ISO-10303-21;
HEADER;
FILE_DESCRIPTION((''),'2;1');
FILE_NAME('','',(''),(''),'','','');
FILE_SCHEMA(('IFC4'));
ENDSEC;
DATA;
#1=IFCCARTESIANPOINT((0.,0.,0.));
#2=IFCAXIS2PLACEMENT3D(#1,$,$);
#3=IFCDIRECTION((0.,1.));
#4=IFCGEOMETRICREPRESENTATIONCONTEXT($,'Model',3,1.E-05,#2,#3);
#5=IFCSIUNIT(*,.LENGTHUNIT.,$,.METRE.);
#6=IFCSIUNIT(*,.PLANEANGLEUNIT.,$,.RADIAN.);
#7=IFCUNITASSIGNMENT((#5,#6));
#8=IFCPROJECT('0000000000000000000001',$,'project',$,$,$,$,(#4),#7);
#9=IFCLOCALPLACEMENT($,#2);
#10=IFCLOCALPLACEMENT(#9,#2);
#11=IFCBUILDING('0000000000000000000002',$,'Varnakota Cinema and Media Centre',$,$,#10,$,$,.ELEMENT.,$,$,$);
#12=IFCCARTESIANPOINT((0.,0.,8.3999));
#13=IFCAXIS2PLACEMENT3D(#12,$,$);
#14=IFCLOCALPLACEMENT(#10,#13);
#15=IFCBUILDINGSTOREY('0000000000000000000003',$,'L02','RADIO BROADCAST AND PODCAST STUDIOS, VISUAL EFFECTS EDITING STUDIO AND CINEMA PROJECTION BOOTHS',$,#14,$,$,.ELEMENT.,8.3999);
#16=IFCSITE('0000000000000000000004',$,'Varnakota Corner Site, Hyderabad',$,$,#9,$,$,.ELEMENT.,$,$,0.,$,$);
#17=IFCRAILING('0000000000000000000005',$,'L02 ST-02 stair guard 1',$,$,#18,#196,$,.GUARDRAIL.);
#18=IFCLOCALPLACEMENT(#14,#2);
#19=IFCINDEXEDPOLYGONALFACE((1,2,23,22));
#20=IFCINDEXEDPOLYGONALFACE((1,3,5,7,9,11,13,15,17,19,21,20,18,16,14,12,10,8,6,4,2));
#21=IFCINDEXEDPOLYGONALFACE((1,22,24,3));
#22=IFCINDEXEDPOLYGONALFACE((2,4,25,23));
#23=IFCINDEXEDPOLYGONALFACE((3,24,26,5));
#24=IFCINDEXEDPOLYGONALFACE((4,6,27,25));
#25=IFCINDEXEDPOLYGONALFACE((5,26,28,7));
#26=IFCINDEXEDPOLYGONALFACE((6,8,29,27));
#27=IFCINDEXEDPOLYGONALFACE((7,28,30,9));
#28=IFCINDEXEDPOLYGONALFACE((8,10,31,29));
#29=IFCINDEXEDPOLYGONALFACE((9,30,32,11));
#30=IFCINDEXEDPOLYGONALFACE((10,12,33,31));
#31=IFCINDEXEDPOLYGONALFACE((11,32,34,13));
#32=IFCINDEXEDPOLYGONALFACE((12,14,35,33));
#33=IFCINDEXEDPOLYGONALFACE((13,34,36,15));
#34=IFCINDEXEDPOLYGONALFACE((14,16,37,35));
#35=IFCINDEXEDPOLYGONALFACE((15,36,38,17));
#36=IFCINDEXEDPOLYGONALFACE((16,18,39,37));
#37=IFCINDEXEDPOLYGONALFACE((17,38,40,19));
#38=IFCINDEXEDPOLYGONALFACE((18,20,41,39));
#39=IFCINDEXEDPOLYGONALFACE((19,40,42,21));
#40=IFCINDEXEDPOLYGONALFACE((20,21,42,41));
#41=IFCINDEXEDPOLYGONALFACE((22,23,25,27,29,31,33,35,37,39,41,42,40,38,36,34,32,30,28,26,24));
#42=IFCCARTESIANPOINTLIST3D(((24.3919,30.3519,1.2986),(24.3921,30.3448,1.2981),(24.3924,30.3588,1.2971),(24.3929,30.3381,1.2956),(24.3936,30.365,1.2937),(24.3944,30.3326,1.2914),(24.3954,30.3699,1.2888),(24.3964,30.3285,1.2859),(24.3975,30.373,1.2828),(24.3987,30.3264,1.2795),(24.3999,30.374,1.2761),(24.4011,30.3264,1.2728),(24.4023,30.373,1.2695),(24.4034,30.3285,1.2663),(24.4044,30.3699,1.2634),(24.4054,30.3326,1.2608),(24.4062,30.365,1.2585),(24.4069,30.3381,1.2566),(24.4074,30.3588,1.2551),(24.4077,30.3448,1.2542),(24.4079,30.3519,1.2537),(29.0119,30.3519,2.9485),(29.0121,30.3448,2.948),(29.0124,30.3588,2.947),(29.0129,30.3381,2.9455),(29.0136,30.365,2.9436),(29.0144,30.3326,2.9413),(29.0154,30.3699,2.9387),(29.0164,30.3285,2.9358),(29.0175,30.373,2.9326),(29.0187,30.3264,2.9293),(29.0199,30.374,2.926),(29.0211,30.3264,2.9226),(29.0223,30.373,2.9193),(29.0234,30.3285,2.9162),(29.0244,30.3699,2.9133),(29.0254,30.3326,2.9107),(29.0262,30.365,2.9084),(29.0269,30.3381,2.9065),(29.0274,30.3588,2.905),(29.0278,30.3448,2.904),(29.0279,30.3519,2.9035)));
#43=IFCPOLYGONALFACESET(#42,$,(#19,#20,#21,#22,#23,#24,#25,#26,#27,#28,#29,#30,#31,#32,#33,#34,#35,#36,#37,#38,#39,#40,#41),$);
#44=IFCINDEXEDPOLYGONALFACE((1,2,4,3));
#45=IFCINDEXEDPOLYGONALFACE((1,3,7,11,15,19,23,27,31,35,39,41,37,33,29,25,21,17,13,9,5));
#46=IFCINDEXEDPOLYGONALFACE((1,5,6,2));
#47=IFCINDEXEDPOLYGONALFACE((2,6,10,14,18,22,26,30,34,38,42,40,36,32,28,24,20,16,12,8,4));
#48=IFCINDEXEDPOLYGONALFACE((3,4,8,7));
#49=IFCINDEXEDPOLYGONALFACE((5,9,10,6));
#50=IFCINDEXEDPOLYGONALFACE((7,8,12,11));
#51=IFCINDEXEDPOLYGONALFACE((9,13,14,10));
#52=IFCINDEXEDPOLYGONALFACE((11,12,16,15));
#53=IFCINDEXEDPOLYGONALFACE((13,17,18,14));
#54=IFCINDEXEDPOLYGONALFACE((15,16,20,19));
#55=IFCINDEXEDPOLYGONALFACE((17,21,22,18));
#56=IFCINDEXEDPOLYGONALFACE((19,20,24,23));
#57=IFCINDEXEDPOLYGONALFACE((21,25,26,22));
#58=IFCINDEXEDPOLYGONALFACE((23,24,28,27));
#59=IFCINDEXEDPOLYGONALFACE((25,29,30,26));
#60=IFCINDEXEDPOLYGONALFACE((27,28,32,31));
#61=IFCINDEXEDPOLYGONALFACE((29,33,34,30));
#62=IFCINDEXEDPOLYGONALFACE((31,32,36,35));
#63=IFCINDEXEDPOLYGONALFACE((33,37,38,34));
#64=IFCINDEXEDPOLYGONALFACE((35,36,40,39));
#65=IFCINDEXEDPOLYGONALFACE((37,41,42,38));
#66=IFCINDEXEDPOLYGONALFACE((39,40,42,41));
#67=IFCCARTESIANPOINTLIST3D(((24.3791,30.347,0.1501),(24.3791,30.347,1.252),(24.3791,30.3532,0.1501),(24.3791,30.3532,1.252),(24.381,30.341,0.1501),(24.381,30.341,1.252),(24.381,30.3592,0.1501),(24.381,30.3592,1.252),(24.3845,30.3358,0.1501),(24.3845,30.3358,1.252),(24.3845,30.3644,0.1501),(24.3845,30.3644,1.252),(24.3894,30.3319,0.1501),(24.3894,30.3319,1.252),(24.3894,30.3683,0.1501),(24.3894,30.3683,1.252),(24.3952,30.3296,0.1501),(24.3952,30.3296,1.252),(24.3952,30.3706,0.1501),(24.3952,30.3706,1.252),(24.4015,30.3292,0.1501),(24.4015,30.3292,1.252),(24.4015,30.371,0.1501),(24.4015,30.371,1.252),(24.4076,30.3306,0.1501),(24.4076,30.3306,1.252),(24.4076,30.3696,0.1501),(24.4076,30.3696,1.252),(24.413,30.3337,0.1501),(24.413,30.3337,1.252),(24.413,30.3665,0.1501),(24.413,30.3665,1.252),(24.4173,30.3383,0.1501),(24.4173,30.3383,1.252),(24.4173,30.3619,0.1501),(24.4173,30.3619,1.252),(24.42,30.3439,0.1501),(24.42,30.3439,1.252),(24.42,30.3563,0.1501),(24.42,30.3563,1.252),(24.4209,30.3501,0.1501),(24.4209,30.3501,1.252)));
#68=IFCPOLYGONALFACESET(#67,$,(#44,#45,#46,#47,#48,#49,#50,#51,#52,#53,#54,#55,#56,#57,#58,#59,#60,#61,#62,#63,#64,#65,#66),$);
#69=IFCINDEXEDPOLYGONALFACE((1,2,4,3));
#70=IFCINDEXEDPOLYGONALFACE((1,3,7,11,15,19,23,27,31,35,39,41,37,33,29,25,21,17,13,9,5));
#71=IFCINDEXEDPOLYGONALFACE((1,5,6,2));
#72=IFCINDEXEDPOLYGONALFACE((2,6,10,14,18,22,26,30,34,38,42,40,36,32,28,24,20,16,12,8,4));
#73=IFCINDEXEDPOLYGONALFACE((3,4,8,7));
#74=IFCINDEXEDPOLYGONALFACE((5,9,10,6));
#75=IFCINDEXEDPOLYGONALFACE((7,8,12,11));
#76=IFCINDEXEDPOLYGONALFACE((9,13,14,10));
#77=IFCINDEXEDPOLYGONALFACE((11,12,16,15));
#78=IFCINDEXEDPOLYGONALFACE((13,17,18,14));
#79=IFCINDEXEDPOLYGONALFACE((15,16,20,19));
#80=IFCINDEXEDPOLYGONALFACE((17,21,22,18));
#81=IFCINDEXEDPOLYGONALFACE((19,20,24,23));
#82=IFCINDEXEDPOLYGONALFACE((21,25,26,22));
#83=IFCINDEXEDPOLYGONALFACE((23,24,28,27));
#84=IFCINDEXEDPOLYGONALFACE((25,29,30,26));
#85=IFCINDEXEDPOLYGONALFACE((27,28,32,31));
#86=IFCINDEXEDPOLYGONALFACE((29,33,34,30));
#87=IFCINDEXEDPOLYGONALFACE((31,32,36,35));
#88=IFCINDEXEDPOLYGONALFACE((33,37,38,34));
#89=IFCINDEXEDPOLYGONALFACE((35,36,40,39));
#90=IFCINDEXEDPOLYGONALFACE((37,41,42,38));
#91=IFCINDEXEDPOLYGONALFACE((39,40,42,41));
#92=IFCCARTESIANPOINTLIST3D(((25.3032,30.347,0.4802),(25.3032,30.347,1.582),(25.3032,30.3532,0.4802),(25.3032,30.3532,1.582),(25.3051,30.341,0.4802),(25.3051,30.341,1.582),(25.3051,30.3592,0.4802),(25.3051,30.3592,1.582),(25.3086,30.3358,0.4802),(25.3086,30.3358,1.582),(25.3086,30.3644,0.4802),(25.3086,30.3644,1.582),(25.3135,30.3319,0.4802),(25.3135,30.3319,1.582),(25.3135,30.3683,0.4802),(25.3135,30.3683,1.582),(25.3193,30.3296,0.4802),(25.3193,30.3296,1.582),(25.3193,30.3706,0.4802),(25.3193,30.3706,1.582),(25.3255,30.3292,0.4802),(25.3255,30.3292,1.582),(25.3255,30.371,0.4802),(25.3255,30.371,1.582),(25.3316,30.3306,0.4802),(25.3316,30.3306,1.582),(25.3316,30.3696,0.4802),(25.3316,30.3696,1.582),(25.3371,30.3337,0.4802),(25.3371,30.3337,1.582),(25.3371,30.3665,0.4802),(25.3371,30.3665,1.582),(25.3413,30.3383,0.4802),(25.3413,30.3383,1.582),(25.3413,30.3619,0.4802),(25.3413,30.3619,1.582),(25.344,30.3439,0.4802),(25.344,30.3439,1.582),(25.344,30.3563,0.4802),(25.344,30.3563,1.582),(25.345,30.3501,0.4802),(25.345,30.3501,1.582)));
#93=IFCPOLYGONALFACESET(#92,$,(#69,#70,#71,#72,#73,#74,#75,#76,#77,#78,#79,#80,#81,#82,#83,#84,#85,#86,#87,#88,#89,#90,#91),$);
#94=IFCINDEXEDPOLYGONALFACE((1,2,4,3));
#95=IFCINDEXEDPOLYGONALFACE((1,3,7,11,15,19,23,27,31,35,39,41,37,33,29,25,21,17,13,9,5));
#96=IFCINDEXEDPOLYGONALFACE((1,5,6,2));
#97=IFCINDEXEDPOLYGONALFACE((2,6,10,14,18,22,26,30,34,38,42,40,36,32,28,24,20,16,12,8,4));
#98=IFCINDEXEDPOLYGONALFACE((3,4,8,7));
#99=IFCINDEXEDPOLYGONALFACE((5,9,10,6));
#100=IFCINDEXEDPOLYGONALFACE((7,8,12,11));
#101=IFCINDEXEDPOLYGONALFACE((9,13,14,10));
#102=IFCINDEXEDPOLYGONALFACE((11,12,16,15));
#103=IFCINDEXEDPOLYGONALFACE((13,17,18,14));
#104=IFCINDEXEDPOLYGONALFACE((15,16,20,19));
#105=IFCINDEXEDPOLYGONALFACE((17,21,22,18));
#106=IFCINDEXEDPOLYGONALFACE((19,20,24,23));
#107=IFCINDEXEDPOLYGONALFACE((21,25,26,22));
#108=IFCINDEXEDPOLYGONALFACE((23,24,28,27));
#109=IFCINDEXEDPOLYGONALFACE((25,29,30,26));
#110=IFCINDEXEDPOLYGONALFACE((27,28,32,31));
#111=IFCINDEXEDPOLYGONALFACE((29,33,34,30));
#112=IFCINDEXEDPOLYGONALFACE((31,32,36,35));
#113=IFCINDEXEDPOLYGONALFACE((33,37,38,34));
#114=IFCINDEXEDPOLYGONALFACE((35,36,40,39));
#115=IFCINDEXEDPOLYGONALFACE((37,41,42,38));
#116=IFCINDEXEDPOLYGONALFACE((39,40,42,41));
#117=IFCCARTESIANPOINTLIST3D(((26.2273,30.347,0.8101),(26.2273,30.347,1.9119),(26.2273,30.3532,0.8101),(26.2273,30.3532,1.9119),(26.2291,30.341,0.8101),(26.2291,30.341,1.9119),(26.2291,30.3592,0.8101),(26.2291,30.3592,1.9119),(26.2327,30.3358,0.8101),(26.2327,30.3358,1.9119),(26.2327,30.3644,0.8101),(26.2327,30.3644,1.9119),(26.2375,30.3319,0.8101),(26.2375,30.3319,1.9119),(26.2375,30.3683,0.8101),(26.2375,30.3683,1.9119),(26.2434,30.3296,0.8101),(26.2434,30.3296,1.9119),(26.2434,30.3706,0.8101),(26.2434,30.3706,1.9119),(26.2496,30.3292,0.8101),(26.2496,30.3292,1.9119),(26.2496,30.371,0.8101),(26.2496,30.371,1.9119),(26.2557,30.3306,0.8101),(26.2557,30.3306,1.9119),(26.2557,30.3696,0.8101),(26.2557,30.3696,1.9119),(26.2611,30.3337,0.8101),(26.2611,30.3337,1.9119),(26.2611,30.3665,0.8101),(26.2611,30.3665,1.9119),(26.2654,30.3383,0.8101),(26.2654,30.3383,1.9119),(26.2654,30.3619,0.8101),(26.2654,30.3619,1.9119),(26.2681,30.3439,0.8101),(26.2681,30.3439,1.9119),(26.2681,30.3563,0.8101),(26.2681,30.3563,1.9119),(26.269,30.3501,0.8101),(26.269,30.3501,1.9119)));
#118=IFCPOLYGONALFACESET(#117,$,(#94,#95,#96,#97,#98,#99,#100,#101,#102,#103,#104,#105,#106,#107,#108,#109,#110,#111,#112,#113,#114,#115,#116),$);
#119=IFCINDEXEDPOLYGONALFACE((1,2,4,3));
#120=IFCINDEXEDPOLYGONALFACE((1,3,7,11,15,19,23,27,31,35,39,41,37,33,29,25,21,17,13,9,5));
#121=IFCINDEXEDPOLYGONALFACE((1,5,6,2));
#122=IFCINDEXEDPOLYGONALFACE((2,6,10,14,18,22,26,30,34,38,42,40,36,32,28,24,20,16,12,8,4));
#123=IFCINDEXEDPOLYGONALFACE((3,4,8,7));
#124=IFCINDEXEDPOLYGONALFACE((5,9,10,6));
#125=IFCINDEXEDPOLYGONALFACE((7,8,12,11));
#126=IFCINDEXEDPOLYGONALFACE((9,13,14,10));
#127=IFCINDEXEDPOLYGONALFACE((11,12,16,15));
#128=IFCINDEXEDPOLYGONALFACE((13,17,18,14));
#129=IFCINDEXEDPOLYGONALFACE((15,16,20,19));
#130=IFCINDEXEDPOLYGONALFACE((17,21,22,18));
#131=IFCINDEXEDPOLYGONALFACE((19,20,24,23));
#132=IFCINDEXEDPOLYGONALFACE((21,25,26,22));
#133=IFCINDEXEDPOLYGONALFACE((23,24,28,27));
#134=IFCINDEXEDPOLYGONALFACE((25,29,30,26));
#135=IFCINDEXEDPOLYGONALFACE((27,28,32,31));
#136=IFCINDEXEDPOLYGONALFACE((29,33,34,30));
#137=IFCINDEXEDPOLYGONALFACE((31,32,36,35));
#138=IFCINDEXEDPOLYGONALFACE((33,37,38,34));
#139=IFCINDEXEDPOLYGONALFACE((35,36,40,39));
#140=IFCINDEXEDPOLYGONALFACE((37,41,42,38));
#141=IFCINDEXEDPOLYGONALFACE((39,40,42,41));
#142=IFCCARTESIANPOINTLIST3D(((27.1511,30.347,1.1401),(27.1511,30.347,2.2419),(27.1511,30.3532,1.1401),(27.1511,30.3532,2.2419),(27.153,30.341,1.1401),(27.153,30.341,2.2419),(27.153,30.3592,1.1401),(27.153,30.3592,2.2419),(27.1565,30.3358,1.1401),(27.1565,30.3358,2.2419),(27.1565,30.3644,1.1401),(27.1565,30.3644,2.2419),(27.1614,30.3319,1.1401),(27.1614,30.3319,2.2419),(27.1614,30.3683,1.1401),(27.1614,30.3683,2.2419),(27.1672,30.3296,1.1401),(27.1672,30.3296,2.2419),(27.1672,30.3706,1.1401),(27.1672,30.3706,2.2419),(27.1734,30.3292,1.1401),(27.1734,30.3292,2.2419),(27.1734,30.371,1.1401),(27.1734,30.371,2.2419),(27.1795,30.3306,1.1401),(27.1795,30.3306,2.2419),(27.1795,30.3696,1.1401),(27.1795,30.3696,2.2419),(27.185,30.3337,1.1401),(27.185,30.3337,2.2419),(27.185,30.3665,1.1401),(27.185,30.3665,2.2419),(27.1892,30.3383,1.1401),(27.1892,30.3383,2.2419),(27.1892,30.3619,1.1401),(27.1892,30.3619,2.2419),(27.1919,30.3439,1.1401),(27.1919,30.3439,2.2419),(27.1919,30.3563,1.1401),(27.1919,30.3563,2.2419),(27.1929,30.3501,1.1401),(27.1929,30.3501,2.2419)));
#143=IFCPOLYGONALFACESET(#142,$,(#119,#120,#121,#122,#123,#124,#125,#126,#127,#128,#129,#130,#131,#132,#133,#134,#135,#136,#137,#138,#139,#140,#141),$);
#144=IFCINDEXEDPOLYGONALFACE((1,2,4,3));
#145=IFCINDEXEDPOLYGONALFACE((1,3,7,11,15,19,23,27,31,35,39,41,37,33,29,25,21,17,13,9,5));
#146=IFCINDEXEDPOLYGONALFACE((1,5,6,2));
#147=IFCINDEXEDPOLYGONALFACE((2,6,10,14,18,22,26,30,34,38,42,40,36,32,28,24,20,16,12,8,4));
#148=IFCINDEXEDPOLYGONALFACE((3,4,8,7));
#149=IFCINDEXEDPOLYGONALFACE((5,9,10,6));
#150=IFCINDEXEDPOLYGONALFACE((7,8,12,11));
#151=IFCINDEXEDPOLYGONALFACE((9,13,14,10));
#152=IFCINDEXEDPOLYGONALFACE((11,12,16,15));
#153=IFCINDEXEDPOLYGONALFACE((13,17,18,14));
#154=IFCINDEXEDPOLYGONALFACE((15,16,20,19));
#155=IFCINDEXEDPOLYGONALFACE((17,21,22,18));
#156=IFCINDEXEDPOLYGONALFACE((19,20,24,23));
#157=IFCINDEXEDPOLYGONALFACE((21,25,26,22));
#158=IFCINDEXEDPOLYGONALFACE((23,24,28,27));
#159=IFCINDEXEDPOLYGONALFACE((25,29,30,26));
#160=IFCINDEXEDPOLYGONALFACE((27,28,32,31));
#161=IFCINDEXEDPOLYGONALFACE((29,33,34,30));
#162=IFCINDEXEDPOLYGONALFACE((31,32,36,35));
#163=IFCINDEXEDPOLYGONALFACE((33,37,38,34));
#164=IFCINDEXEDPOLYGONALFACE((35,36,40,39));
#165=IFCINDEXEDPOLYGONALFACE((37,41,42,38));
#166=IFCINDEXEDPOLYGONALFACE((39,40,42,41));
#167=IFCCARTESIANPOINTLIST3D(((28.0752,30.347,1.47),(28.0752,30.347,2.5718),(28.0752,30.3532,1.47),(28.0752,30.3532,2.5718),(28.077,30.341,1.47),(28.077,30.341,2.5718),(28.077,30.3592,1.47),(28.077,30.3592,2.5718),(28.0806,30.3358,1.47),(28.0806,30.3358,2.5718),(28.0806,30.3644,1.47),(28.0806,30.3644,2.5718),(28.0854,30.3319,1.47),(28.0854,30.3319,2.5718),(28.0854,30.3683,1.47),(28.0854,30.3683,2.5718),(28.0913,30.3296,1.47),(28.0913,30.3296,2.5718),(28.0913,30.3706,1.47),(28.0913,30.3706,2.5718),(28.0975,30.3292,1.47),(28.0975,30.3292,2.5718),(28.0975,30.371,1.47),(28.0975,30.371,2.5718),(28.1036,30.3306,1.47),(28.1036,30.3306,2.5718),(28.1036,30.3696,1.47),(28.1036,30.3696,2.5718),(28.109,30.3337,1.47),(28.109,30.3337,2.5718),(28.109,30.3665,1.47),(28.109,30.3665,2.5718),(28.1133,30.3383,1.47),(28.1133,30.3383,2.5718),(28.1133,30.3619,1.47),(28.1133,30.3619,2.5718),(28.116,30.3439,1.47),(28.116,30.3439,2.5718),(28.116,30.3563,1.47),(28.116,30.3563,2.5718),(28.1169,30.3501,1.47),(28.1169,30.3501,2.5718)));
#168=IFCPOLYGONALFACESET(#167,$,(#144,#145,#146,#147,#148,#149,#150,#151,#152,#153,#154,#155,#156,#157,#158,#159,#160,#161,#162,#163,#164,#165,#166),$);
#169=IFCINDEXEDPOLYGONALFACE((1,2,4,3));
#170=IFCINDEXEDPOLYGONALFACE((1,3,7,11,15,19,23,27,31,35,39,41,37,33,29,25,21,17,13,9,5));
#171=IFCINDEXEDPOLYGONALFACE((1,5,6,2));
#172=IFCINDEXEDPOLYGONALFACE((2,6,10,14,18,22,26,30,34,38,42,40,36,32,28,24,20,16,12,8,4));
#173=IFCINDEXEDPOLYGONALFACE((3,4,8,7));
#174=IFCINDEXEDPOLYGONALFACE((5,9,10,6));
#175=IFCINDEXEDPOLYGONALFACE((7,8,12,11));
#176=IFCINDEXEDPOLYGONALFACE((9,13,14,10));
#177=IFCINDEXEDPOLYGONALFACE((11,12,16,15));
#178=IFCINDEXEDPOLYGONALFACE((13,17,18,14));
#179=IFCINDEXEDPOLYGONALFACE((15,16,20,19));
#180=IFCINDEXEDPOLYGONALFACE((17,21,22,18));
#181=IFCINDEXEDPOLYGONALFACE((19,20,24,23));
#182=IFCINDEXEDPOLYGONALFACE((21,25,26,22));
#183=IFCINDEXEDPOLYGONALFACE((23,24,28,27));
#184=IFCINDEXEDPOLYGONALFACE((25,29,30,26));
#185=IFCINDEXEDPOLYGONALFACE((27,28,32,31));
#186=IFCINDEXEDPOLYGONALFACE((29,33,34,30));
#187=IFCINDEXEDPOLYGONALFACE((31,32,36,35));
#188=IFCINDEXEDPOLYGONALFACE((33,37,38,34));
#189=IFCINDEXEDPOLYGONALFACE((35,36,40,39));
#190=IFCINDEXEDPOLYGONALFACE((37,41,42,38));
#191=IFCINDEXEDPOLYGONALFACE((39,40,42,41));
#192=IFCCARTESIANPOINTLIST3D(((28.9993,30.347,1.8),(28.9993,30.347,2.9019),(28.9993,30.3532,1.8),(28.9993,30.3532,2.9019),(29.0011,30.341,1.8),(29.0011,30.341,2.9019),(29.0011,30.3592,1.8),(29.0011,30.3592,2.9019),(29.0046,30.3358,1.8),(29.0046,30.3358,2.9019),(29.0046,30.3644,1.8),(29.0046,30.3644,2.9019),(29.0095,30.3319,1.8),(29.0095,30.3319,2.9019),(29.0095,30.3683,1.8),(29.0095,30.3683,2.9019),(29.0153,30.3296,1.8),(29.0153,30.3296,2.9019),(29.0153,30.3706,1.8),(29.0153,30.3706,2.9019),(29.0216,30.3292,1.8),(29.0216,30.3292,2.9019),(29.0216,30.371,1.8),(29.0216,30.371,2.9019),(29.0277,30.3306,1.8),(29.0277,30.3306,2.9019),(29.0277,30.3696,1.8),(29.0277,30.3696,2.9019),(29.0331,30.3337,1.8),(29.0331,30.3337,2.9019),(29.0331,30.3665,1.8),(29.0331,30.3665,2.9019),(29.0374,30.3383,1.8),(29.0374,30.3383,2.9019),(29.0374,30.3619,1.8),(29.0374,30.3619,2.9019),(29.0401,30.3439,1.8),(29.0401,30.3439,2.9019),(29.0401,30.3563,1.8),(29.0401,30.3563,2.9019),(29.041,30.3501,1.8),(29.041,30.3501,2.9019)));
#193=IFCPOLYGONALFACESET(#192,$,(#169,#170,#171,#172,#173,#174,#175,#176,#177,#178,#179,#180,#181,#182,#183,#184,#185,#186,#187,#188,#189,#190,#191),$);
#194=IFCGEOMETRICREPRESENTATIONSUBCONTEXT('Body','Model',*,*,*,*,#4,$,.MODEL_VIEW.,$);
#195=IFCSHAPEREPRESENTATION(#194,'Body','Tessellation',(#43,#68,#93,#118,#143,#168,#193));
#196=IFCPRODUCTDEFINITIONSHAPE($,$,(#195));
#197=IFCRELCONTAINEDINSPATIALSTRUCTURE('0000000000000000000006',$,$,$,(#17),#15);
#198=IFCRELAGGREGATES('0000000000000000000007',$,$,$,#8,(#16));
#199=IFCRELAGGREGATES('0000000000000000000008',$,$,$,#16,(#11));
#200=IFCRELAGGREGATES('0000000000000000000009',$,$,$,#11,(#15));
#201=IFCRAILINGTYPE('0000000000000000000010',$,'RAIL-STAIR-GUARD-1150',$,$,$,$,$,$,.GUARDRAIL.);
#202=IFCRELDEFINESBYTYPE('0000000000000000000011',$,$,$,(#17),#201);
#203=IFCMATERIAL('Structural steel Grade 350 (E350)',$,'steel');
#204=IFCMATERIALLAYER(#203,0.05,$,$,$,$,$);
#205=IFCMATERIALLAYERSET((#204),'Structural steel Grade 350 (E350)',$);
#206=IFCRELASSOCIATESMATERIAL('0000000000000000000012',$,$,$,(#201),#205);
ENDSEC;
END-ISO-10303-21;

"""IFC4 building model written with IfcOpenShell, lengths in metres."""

from ifc_helpers import new_model, si_unit, direction, frame, origin, origin_2d, place, context, subcontext, project, spatial, circle, extrude, material, layer, layer_set, type_object, element, save


model = new_model("IFC4")

# Units and contexts
model_context = context("Model", 3, precision=1e-05, world=origin(), true_north=direction((0.0, 1.0)))
body_context = subcontext(model_context, "Body", "Model", "MODEL_VIEW")
ifc_project = project(units=[si_unit("LENGTHUNIT", "METRE"), si_unit("PLANEANGLEUNIT", "RADIAN")], contexts=[model_context])

# Site, building, storey
site_placement = place(None, origin())
site = spatial("IfcSite", under=ifc_project, at=site_placement, Name="Varnakota Corner Site, Hyderabad", CompositionType="ELEMENT", RefElevation=0.0)
building_placement = place(site_placement, origin())
building = spatial("IfcBuilding", under=site, at=building_placement, Name="Varnakota Cinema and Media Centre", CompositionType="ELEMENT")
storey_placement = place(building_placement, frame((0.0, 0.0, 8.3999)))
storey = spatial("IfcBuildingStorey", under=building, at=storey_placement, Name="L02", Description="RADIO BROADCAST AND PODCAST STUDIOS, VISUAL EFFECTS EDITING STUDIO AND CINEMA PROJECTION BOOTHS", CompositionType="ELEMENT", Elevation=8.3999)

# Railing
ifc_material_1 = material(Name="Structural steel Grade 350 (E350)", Category="steel")
ifc_layer_1 = layer(ifc_material_1, 0.05)
ifc_layer_set_1 = layer_set([ifc_layer_1], Name="Structural steel Grade 350 (E350)")
railing_type_1 = type_object("IfcRailingType", Name="RAIL-STAIR-GUARD-1150", PredefinedType="GUARDRAIL", material=ifc_layer_set_1)
railing_1_placement = place(storey_placement, frame((24.3999, 30.3501, 0.1501)))
element("IfcRailing", 1, at=railing_1_placement, inside=storey, type_object=railing_type_1, Name="L02 ST-02 stair guard 1", PredefinedType="GUARDRAIL", context=body_context, shape_type="SweptSolid", body=[
    extrude(circle(Radius=0.0239, at=origin_2d()), frame((0.0, 0.0, 1.126), z_axis=(0.941751, 0.0, 0.336311), x_axis=(0.0, 1.0, 0.0)), (0.0, 0.0, 1.0), 4.9058),
    extrude(circle(Radius=0.021, at=origin_2d()), origin(), (0.0, 0.0, 1.0), 1.1018),
    extrude(circle(Radius=0.021, at=origin_2d()), frame((0.9241, 0.0, 0.3301)), (0.0, 0.0, 1.0), 1.1018),
    extrude(circle(Radius=0.021, at=origin_2d()), frame((1.8481, 0.0, 0.6599)), (0.0, 0.0, 1.0), 1.1018),
    extrude(circle(Radius=0.021, at=origin_2d()), frame((2.772, 0.0, 0.99)), (0.0, 0.0, 1.0), 1.1018),
    extrude(circle(Radius=0.021, at=origin_2d()), frame((3.696, 0.0, 1.3198)), (0.0, 0.0, 1.0), 1.1018),
    extrude(circle(Radius=0.021, at=origin_2d()), frame((4.6201, 0.0, 1.6499)), (0.0, 0.0, 1.0), 1.1018),
])

save(model, "model.ifc")
